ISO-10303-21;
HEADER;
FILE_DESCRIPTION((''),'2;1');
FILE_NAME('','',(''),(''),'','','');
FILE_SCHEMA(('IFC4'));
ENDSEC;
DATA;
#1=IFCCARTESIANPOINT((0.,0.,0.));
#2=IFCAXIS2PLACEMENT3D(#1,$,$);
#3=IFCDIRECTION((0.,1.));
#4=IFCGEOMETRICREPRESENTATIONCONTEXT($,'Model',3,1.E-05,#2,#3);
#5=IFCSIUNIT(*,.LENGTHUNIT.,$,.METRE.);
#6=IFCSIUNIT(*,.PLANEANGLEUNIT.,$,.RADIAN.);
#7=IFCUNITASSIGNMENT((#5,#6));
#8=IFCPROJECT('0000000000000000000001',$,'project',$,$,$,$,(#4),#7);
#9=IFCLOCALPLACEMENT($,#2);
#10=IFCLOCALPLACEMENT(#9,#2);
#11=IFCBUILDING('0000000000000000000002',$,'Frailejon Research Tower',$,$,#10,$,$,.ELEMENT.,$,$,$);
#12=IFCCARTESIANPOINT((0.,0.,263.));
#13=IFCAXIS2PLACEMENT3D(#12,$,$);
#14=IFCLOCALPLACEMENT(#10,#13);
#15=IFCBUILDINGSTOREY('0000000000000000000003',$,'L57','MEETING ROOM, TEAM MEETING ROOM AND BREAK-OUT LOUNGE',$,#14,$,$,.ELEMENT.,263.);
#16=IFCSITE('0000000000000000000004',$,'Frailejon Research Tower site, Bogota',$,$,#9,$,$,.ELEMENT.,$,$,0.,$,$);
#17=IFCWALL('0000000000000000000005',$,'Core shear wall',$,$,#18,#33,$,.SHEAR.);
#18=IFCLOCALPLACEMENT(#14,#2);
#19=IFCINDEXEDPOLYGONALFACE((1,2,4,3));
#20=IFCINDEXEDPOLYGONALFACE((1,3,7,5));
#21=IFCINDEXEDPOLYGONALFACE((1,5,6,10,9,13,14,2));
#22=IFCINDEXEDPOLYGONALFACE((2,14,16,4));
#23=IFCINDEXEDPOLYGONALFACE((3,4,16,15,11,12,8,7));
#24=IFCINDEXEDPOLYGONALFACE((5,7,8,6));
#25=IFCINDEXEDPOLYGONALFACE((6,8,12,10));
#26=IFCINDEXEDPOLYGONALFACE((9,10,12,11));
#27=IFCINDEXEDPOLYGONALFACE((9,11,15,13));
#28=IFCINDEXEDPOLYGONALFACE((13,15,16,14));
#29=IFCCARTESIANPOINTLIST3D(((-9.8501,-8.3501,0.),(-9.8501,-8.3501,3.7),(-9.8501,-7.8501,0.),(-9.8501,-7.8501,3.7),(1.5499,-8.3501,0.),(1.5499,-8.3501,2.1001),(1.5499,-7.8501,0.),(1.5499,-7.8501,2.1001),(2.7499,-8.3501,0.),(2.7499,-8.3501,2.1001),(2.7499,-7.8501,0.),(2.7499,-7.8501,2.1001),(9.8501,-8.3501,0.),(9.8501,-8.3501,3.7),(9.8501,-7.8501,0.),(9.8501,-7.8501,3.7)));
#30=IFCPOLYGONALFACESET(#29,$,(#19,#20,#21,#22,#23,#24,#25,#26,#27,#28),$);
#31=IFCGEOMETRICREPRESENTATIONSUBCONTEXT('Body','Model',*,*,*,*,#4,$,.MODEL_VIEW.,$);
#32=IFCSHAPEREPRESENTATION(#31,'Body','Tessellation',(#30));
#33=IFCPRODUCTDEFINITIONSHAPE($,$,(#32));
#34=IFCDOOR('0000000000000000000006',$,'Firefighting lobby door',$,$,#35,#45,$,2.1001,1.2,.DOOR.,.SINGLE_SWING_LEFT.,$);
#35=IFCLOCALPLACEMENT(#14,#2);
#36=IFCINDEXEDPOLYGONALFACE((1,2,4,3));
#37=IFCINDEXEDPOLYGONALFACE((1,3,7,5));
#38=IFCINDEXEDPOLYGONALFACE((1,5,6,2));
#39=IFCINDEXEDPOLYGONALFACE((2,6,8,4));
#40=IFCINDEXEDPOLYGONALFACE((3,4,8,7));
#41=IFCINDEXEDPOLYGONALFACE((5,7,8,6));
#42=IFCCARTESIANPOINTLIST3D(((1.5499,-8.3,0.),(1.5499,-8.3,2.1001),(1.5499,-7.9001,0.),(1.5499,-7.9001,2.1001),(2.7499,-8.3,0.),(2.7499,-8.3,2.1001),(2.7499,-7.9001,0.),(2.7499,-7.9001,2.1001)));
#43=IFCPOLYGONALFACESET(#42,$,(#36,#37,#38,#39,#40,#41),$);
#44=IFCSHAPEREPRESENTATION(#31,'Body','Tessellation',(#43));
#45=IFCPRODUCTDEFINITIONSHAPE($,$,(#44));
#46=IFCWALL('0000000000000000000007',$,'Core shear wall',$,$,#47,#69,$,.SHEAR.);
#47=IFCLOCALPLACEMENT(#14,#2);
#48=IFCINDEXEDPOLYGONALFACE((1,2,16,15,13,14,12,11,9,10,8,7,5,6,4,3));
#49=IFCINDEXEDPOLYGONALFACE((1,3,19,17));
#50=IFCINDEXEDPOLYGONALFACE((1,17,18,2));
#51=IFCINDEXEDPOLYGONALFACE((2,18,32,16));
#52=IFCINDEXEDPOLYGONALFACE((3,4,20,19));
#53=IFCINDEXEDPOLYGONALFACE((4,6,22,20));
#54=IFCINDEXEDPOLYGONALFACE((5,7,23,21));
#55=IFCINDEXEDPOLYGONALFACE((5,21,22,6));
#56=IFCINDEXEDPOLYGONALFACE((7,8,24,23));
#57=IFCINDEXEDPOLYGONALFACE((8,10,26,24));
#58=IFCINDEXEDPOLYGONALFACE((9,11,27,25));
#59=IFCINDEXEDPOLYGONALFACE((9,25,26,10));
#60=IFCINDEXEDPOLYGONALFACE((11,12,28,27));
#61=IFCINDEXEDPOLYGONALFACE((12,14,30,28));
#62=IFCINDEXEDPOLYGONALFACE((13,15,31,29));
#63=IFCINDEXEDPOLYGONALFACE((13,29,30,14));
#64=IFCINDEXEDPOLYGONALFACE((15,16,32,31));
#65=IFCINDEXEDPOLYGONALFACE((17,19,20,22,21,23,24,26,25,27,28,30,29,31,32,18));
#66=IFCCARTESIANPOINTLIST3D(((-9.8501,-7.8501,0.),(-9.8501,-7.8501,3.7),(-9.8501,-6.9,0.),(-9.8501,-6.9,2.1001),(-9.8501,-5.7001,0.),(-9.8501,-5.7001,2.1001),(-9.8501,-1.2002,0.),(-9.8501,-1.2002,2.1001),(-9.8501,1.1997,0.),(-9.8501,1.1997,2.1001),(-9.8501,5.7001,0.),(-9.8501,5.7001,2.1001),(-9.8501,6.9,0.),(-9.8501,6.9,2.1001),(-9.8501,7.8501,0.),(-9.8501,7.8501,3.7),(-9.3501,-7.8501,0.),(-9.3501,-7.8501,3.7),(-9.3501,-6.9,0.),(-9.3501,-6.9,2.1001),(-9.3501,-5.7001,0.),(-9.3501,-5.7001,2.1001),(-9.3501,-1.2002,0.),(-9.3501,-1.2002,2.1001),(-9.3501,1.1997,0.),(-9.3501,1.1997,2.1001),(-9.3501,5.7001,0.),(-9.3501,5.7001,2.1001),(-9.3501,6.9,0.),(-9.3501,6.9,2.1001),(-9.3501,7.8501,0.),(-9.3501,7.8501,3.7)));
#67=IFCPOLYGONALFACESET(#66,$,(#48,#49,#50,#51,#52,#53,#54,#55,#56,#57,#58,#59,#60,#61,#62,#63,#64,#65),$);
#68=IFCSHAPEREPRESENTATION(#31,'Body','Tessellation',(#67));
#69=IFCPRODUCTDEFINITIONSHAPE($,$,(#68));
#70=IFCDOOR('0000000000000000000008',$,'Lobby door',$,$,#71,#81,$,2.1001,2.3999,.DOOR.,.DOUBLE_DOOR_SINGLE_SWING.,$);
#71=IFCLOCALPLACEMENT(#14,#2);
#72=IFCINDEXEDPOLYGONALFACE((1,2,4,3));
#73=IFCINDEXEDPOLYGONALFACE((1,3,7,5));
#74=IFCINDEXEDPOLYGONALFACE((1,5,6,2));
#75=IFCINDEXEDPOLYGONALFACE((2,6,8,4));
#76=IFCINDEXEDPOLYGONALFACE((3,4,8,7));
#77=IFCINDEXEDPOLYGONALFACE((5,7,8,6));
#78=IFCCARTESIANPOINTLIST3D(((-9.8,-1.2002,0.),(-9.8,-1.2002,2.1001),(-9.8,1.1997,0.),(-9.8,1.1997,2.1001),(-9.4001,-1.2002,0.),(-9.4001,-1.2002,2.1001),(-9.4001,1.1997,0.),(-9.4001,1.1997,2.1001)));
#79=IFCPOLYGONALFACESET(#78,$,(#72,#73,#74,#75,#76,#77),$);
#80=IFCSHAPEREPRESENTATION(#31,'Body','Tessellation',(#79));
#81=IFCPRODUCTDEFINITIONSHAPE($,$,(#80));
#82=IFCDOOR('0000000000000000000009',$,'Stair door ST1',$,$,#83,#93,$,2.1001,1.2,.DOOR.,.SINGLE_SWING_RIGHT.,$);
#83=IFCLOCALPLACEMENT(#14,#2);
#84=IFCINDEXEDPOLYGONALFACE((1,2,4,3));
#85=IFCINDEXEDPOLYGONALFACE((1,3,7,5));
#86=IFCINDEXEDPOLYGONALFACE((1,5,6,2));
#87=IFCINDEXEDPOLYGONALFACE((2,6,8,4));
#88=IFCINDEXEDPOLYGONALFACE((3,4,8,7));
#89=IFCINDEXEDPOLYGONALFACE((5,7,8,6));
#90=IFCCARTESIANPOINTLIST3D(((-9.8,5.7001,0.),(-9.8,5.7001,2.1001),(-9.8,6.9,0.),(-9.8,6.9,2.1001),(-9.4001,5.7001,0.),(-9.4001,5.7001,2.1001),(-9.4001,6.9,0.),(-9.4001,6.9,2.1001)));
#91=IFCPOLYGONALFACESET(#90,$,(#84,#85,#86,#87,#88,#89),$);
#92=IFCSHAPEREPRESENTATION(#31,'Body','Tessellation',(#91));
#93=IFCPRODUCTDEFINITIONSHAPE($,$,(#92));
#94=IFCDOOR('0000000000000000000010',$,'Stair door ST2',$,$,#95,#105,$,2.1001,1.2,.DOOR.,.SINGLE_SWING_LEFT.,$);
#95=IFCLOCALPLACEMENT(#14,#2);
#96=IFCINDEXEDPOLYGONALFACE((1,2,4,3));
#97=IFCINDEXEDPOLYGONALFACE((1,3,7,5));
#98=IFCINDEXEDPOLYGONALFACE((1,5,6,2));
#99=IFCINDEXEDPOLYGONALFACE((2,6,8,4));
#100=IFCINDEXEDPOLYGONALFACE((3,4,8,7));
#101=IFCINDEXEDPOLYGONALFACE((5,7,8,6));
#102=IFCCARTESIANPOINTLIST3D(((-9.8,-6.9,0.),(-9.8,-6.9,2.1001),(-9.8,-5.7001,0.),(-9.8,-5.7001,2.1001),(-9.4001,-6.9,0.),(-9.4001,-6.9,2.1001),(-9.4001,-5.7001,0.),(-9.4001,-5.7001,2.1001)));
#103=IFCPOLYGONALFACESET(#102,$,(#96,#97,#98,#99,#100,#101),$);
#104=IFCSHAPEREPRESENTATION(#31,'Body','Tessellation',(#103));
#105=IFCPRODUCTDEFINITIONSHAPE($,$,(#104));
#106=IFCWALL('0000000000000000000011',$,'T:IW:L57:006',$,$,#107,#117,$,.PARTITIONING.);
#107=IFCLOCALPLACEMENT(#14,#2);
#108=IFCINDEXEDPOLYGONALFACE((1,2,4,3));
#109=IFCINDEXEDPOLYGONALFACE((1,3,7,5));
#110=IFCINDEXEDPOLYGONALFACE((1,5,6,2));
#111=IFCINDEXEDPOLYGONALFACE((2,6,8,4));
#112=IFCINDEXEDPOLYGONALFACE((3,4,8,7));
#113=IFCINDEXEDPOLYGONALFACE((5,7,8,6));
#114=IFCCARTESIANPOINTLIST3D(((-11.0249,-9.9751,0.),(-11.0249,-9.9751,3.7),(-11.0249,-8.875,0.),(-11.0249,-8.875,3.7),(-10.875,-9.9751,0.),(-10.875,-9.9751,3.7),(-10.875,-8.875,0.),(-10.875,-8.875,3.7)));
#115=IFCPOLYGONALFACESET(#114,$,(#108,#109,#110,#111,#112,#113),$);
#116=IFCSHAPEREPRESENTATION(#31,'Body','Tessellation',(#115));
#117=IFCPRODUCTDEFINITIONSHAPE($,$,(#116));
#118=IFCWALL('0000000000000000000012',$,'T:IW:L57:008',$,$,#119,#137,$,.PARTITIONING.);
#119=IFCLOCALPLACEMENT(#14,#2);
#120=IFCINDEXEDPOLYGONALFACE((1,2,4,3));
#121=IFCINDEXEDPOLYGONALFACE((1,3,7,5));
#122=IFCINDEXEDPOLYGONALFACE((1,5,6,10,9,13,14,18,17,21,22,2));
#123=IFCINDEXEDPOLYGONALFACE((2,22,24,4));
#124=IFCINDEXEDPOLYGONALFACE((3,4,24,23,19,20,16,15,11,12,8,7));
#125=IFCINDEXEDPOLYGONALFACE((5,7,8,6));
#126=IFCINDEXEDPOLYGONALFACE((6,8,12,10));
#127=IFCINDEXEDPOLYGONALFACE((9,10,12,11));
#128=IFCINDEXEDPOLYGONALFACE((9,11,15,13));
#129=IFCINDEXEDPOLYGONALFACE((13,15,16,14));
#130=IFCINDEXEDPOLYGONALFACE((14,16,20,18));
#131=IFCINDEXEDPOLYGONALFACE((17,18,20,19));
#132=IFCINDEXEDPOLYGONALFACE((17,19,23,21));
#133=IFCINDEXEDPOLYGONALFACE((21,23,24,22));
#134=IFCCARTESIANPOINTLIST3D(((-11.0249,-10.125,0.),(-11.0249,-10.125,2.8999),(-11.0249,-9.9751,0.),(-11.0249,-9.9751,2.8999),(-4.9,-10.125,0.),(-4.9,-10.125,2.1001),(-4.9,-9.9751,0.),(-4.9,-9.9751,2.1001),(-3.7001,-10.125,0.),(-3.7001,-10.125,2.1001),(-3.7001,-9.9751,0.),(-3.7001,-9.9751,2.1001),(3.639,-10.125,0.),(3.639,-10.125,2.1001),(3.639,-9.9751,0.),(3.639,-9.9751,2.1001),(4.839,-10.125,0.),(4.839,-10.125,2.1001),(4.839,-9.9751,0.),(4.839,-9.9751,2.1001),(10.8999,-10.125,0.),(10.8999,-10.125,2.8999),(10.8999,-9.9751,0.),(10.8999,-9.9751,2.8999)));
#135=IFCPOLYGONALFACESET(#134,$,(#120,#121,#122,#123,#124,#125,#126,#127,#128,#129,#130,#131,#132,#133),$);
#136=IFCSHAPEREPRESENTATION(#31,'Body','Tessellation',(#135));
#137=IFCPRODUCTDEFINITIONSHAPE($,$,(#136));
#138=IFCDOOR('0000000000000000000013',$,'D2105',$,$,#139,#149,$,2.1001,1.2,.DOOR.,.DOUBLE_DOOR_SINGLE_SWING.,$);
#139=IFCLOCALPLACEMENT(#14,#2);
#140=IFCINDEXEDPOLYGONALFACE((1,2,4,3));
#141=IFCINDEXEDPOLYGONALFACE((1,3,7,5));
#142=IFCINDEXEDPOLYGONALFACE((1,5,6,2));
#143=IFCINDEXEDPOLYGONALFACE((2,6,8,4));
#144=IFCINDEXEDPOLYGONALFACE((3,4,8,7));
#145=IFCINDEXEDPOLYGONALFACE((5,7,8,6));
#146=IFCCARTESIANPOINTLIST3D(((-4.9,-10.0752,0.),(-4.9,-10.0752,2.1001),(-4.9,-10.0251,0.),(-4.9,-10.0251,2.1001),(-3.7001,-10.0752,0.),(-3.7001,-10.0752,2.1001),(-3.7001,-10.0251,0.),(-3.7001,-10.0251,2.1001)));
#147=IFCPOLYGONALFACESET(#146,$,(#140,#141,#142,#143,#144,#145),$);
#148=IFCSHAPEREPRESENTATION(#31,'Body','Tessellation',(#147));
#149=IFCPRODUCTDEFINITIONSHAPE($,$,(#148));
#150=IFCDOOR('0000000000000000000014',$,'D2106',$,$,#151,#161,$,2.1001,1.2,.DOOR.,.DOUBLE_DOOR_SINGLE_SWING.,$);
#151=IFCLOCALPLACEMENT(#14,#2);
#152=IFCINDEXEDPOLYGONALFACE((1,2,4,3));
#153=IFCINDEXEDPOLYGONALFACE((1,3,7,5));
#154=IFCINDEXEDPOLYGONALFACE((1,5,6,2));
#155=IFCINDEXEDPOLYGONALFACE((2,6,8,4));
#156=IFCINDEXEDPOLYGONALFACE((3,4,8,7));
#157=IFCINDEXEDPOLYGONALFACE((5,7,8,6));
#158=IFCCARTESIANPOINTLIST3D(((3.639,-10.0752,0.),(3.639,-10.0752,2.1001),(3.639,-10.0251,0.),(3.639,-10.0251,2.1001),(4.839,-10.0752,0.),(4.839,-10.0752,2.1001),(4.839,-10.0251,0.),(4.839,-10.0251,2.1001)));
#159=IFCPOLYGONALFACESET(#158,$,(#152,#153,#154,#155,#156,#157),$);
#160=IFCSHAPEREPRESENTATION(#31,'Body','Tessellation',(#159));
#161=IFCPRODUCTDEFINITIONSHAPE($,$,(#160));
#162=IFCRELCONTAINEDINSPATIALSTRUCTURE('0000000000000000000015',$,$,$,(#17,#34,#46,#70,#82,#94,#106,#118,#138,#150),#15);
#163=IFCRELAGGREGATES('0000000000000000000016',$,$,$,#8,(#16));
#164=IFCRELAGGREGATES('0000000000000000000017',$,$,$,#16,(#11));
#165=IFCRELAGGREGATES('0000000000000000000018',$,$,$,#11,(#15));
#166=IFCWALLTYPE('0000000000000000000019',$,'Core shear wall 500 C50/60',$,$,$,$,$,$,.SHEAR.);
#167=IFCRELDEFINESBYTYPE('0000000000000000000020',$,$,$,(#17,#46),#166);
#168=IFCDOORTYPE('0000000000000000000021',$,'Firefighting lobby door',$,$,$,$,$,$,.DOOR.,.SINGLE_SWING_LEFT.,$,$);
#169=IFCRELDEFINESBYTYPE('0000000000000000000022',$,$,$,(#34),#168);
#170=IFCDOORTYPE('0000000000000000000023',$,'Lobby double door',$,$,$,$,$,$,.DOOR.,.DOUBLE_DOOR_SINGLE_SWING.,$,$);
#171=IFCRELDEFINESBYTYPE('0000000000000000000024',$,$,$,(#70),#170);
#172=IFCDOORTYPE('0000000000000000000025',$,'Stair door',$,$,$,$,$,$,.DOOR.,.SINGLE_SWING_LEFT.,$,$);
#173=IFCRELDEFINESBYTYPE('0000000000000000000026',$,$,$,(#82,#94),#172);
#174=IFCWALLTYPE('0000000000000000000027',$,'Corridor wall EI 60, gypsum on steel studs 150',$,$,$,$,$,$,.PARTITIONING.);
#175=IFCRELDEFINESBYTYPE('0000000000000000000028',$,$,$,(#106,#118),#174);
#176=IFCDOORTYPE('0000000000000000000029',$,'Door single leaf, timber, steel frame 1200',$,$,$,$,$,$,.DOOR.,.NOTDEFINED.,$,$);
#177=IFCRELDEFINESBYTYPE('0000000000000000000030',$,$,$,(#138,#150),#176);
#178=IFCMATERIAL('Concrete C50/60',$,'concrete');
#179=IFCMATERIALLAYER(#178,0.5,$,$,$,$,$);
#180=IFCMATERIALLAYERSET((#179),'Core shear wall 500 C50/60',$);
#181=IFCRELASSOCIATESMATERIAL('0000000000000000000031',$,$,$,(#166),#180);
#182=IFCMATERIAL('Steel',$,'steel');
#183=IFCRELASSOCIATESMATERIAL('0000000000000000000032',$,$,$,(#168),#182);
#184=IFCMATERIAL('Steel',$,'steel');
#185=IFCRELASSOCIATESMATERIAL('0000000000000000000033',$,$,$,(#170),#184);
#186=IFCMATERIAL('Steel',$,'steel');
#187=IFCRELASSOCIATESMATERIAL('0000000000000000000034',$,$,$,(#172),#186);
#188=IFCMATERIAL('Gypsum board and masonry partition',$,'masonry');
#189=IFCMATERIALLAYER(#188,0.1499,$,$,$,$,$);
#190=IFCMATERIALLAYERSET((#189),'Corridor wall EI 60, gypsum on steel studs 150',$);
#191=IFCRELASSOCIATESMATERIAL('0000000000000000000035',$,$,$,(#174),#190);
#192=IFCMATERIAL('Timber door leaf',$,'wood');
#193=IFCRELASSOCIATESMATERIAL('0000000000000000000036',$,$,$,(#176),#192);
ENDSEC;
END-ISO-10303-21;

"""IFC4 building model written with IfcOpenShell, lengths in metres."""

from ifc_helpers import new_model, si_unit, direction, frame, frame_2d, origin, place, context, subcontext, project, spatial, rectangle, extrude, material, layer, layer_set, type_object, element, fill, save


model = new_model("IFC4")

# Units and contexts
model_context = context("Model", 3, precision=1e-05, world=origin(), true_north=direction((0.0, 1.0)))
body_context = subcontext(model_context, "Body", "Model", "MODEL_VIEW")
ifc_project = project(units=[si_unit("LENGTHUNIT", "METRE"), si_unit("PLANEANGLEUNIT", "RADIAN")], contexts=[model_context])

# Site, building, storey
site_placement = place(None, origin())
site = spatial("IfcSite", under=ifc_project, at=site_placement, Name="Frailejon Research Tower site, Bogota", CompositionType="ELEMENT", RefElevation=0.0)
building_placement = place(site_placement, origin())
building = spatial("IfcBuilding", under=site, at=building_placement, Name="Frailejon Research Tower", CompositionType="ELEMENT")
storey_placement = place(building_placement, frame((0.0, 0.0, 263.0)))
storey = spatial("IfcBuildingStorey", under=building, at=storey_placement, Name="L57", Description="MEETING ROOM, TEAM MEETING ROOM AND BREAK-OUT LOUNGE", CompositionType="ELEMENT", Elevation=263.0)

# Wall, opening, door
ifc_material_1 = material(Name="Concrete C50/60", Category="concrete")
ifc_layer_1 = layer(ifc_material_1, 0.5)
ifc_layer_set_1 = layer_set([ifc_layer_1], Name="Core shear wall 500 C50/60")
wall_type_1 = type_object("IfcWallType", Name="Core shear wall 500 C50/60", PredefinedType="SHEAR", material=ifc_layer_set_1)
wall_1_placement = place(storey_placement, frame((-9.8501, -8.1001, 0.0), z_axis=(0.0, 0.0, 1.0), x_axis=(1.0, 0.0, 0.0)))
wall_1 = element("IfcWall", 1, at=wall_1_placement, inside=storey, type_object=wall_type_1, Name="Core shear wall", PredefinedType="SHEAR", context=body_context, shape_type="SweptSolid", body=[
    extrude(rectangle(XDim=19.7002, YDim=0.5, at=frame_2d((9.8501, 0.0))), origin(), (0.0, 0.0, 1.0), 3.7),
])
opening_1_placement = place(wall_1_placement, frame((11.3999, 0.0, 0.0)))
opening_1 = element("IfcOpeningElement", 2, at=opening_1_placement, cuts=wall_1, PredefinedType="OPENING", context=body_context, shape_type="SweptSolid", body=[
    extrude(rectangle(XDim=1.2, YDim=2.1001, at=frame_2d((0.6001, 1.05))), frame((0.0, 0.26, 0.0), z_axis=(0.0, -1.0, 0.0), x_axis=(1.0, 0.0, 0.0)), (0.0, 0.0, 1.0), 0.52),
])
ifc_material_2 = material(Name="Steel", Category="steel")
door_type_1 = type_object("IfcDoorType", Name="Firefighting lobby door", OperationType="SINGLE_SWING_LEFT", PredefinedType="DOOR", material=ifc_material_2)
door_1_placement = place(opening_1_placement, origin())
door_1 = element("IfcDoor", 3, at=door_1_placement, inside=storey, type_object=door_type_1, Name="Firefighting lobby door", OperationType="SINGLE_SWING_LEFT", OverallHeight=2.1001, OverallWidth=1.2, PredefinedType="DOOR", context=body_context, shape_type="SweptSolid", body=[
    extrude(rectangle(XDim=1.2, YDim=2.1001, at=frame_2d((0.6001, 1.05))), frame((0.0, 0.2, 0.0), z_axis=(0.0, -1.0, 0.0), x_axis=(1.0, 0.0, 0.0)), (0.0, 0.0, 1.0), 0.3999),
])
fill(opening_1, door_1)

# Wall, openings, doors
wall_2_placement = place(storey_placement, frame((-9.6001, -7.8501, 0.0), z_axis=(0.0, 0.0, 1.0), x_axis=(0.0, 1.0, 0.0)))
wall_2 = element("IfcWall", 4, at=wall_2_placement, inside=storey, type_object=wall_type_1, Name="Core shear wall", PredefinedType="SHEAR", context=body_context, shape_type="SweptSolid", body=[
    extrude(rectangle(XDim=15.7002, YDim=0.5, at=frame_2d((7.8501, 0.0))), origin(), (0.0, 0.0, 1.0), 3.7),
])
opening_2_placement = place(wall_2_placement, frame((6.6499, 0.0, 0.0)))
opening_2 = element("IfcOpeningElement", 5, at=opening_2_placement, cuts=wall_2, PredefinedType="OPENING", context=body_context, shape_type="SweptSolid", body=[
    extrude(rectangle(XDim=2.3999, YDim=2.1001, at=frame_2d((1.2, 1.05))), frame((0.0, 0.26, 0.0), z_axis=(0.0, -1.0, 0.0), x_axis=(1.0, 0.0, 0.0)), (0.0, 0.0, 1.0), 0.52),
])
opening_3_placement = place(wall_2_placement, frame((13.55, 0.0, 0.0)))
opening_3 = element("IfcOpeningElement", 6, at=opening_3_placement, cuts=wall_2, PredefinedType="OPENING", context=body_context, shape_type="SweptSolid", body=[
    extrude(rectangle(XDim=1.2, YDim=2.1001, at=frame_2d((0.6001, 1.05))), frame((0.0, 0.26, 0.0), z_axis=(0.0, -1.0, 0.0), x_axis=(1.0, 0.0, 0.0)), (0.0, 0.0, 1.0), 0.52),
])
opening_4_placement = place(wall_2_placement, frame((0.95, 0.0, 0.0)))
opening_4 = element("IfcOpeningElement", 7, at=opening_4_placement, cuts=wall_2, PredefinedType="OPENING", context=body_context, shape_type="SweptSolid", body=[
    extrude(rectangle(XDim=1.2, YDim=2.1001, at=frame_2d((0.6001, 1.05))), frame((0.0, 0.26, 0.0), z_axis=(0.0, -1.0, 0.0), x_axis=(1.0, 0.0, 0.0)), (0.0, 0.0, 1.0), 0.52),
])
ifc_material_3 = material(Name="Steel", Category="steel")
door_type_2 = type_object("IfcDoorType", Name="Lobby double door", OperationType="DOUBLE_DOOR_SINGLE_SWING", PredefinedType="DOOR", material=ifc_material_3)
door_2_placement = place(opening_2_placement, origin())
door_2 = element("IfcDoor", 8, at=door_2_placement, inside=storey, type_object=door_type_2, Name="Lobby door", OperationType="DOUBLE_DOOR_SINGLE_SWING", OverallHeight=2.1001, OverallWidth=2.3999, PredefinedType="DOOR", context=body_context, shape_type="SweptSolid", body=[
    extrude(rectangle(XDim=2.3999, YDim=2.1001, at=frame_2d((1.2, 1.05))), frame((0.0, 0.2, 0.0), z_axis=(0.0, -1.0, 0.0), x_axis=(1.0, 0.0, 0.0)), (0.0, 0.0, 1.0), 0.3999),
])
fill(opening_2, door_2)
ifc_material_4 = material(Name="Steel", Category="steel")
door_type_3 = type_object("IfcDoorType", Name="Stair door", OperationType="SINGLE_SWING_LEFT", PredefinedType="DOOR", material=ifc_material_4)
door_3_placement = place(opening_3_placement, origin())
door_3 = element("IfcDoor", 9, at=door_3_placement, inside=storey, type_object=door_type_3, Name="Stair door ST1", OperationType="SINGLE_SWING_RIGHT", OverallHeight=2.1001, OverallWidth=1.2, PredefinedType="DOOR", context=body_context, shape_type="SweptSolid", body=[
    extrude(rectangle(XDim=1.2, YDim=2.1001, at=frame_2d((0.6001, 1.05))), frame((0.0, 0.2, 0.0), z_axis=(0.0, -1.0, 0.0), x_axis=(1.0, 0.0, 0.0)), (0.0, 0.0, 1.0), 0.3999),
])
fill(opening_3, door_3)
door_4_placement = place(opening_4_placement, origin())
door_4 = element("IfcDoor", 10, at=door_4_placement, inside=storey, type_object=door_type_3, Name="Stair door ST2", OperationType="SINGLE_SWING_LEFT", OverallHeight=2.1001, OverallWidth=1.2, PredefinedType="DOOR", context=body_context, shape_type="SweptSolid", body=[
    extrude(rectangle(XDim=1.2, YDim=2.1001, at=frame_2d((0.6001, 1.05))), frame((0.0, 0.2, 0.0), z_axis=(0.0, -1.0, 0.0), x_axis=(1.0, 0.0, 0.0)), (0.0, 0.0, 1.0), 0.3999),
])
fill(opening_4, door_4)

# Wall
ifc_material_5 = material(Name="Gypsum board and masonry partition", Category="masonry")
ifc_layer_2 = layer(ifc_material_5, 0.1499)
ifc_layer_set_2 = layer_set([ifc_layer_2], Name="Corridor wall EI 60, gypsum on steel studs 150")
wall_type_2 = type_object("IfcWallType", Name="Corridor wall EI 60, gypsum on steel studs 150", PredefinedType="PARTITIONING", material=ifc_layer_set_2)
wall_3_placement = place(storey_placement, frame((-10.95, -9.9751, 0.0), z_axis=(0.0, 0.0, 1.0), x_axis=(0.0, 1.0, 0.0)))
element("IfcWall", 11, at=wall_3_placement, inside=storey, type_object=wall_type_2, Name="T:IW:L57:006", PredefinedType="PARTITIONING", context=body_context, shape_type="SweptSolid", body=[
    extrude(rectangle(XDim=1.1001, YDim=0.1499, at=frame_2d((0.55, 0.0))), origin(), (0.0, 0.0, 1.0), 3.7),
])

# Wall, openings, doors
wall_4_placement = place(storey_placement, frame((-11.0249, -10.05, 0.0), z_axis=(0.0, 0.0, 1.0), x_axis=(1.0, 0.0, 0.0)))
wall_4 = element("IfcWall", 12, at=wall_4_placement, inside=storey, type_object=wall_type_2, Name="T:IW:L57:008", PredefinedType="PARTITIONING", context=body_context, shape_type="SweptSolid", body=[
    extrude(rectangle(XDim=21.9248, YDim=0.1499, at=frame_2d((10.9624, 0.0))), origin(), (0.0, 0.0, 1.0), 2.8999),
])
opening_5_placement = place(wall_4_placement, frame((6.1248, 0.0, 0.0)))
opening_5 = element("IfcOpeningElement", 13, at=opening_5_placement, cuts=wall_4, PredefinedType="OPENING", context=body_context, shape_type="SweptSolid", body=[
    extrude(rectangle(XDim=1.2, YDim=2.1001, at=frame_2d((0.6001, 1.05))), frame((0.0, 0.085, 0.0), z_axis=(0.0, -1.0, 0.0), x_axis=(1.0, 0.0, 0.0)), (0.0, 0.0, 1.0), 0.1699),
])
opening_6_placement = place(wall_4_placement, frame((14.6638, 0.0, 0.0)))
opening_6 = element("IfcOpeningElement", 14, at=opening_6_placement, cuts=wall_4, PredefinedType="OPENING", context=body_context, shape_type="SweptSolid", body=[
    extrude(rectangle(XDim=1.2, YDim=2.1001, at=frame_2d((0.6001, 1.05))), frame((0.0, 0.085, 0.0), z_axis=(0.0, -1.0, 0.0), x_axis=(1.0, 0.0, 0.0)), (0.0, 0.0, 1.0), 0.1699),
])
ifc_material_6 = material(Name="Timber door leaf", Category="wood")
door_type_4 = type_object("IfcDoorType", Name="Door single leaf, timber, steel frame 1200", OperationType="NOTDEFINED", PredefinedType="DOOR", material=ifc_material_6)
door_5_placement = place(opening_5_placement, origin())
door_5 = element("IfcDoor", 15, at=door_5_placement, inside=storey, type_object=door_type_4, Name="D2105", OperationType="DOUBLE_DOOR_SINGLE_SWING", OverallHeight=2.1001, OverallWidth=1.2, PredefinedType="DOOR", context=body_context, shape_type="SweptSolid", body=[
    extrude(rectangle(XDim=1.2, YDim=2.1001, at=frame_2d((0.6001, 1.05))), frame((0.0, 0.0249, 0.0), z_axis=(0.0, -1.0, 0.0), x_axis=(1.0, 0.0, 0.0)), (0.0, 0.0, 1.0), 0.05),
])
fill(opening_5, door_5)
door_6_placement = place(opening_6_placement, origin())
door_6 = element("IfcDoor", 16, at=door_6_placement, inside=storey, type_object=door_type_4, Name="D2106", OperationType="DOUBLE_DOOR_SINGLE_SWING", OverallHeight=2.1001, OverallWidth=1.2, PredefinedType="DOOR", context=body_context, shape_type="SweptSolid", body=[
    extrude(rectangle(XDim=1.2, YDim=2.1001, at=frame_2d((0.6001, 1.05))), frame((0.0, 0.0249, 0.0), z_axis=(0.0, -1.0, 0.0), x_axis=(1.0, 0.0, 0.0)), (0.0, 0.0, 1.0), 0.05),
])
fill(opening_6, door_6)

save(model, "model.ifc")
